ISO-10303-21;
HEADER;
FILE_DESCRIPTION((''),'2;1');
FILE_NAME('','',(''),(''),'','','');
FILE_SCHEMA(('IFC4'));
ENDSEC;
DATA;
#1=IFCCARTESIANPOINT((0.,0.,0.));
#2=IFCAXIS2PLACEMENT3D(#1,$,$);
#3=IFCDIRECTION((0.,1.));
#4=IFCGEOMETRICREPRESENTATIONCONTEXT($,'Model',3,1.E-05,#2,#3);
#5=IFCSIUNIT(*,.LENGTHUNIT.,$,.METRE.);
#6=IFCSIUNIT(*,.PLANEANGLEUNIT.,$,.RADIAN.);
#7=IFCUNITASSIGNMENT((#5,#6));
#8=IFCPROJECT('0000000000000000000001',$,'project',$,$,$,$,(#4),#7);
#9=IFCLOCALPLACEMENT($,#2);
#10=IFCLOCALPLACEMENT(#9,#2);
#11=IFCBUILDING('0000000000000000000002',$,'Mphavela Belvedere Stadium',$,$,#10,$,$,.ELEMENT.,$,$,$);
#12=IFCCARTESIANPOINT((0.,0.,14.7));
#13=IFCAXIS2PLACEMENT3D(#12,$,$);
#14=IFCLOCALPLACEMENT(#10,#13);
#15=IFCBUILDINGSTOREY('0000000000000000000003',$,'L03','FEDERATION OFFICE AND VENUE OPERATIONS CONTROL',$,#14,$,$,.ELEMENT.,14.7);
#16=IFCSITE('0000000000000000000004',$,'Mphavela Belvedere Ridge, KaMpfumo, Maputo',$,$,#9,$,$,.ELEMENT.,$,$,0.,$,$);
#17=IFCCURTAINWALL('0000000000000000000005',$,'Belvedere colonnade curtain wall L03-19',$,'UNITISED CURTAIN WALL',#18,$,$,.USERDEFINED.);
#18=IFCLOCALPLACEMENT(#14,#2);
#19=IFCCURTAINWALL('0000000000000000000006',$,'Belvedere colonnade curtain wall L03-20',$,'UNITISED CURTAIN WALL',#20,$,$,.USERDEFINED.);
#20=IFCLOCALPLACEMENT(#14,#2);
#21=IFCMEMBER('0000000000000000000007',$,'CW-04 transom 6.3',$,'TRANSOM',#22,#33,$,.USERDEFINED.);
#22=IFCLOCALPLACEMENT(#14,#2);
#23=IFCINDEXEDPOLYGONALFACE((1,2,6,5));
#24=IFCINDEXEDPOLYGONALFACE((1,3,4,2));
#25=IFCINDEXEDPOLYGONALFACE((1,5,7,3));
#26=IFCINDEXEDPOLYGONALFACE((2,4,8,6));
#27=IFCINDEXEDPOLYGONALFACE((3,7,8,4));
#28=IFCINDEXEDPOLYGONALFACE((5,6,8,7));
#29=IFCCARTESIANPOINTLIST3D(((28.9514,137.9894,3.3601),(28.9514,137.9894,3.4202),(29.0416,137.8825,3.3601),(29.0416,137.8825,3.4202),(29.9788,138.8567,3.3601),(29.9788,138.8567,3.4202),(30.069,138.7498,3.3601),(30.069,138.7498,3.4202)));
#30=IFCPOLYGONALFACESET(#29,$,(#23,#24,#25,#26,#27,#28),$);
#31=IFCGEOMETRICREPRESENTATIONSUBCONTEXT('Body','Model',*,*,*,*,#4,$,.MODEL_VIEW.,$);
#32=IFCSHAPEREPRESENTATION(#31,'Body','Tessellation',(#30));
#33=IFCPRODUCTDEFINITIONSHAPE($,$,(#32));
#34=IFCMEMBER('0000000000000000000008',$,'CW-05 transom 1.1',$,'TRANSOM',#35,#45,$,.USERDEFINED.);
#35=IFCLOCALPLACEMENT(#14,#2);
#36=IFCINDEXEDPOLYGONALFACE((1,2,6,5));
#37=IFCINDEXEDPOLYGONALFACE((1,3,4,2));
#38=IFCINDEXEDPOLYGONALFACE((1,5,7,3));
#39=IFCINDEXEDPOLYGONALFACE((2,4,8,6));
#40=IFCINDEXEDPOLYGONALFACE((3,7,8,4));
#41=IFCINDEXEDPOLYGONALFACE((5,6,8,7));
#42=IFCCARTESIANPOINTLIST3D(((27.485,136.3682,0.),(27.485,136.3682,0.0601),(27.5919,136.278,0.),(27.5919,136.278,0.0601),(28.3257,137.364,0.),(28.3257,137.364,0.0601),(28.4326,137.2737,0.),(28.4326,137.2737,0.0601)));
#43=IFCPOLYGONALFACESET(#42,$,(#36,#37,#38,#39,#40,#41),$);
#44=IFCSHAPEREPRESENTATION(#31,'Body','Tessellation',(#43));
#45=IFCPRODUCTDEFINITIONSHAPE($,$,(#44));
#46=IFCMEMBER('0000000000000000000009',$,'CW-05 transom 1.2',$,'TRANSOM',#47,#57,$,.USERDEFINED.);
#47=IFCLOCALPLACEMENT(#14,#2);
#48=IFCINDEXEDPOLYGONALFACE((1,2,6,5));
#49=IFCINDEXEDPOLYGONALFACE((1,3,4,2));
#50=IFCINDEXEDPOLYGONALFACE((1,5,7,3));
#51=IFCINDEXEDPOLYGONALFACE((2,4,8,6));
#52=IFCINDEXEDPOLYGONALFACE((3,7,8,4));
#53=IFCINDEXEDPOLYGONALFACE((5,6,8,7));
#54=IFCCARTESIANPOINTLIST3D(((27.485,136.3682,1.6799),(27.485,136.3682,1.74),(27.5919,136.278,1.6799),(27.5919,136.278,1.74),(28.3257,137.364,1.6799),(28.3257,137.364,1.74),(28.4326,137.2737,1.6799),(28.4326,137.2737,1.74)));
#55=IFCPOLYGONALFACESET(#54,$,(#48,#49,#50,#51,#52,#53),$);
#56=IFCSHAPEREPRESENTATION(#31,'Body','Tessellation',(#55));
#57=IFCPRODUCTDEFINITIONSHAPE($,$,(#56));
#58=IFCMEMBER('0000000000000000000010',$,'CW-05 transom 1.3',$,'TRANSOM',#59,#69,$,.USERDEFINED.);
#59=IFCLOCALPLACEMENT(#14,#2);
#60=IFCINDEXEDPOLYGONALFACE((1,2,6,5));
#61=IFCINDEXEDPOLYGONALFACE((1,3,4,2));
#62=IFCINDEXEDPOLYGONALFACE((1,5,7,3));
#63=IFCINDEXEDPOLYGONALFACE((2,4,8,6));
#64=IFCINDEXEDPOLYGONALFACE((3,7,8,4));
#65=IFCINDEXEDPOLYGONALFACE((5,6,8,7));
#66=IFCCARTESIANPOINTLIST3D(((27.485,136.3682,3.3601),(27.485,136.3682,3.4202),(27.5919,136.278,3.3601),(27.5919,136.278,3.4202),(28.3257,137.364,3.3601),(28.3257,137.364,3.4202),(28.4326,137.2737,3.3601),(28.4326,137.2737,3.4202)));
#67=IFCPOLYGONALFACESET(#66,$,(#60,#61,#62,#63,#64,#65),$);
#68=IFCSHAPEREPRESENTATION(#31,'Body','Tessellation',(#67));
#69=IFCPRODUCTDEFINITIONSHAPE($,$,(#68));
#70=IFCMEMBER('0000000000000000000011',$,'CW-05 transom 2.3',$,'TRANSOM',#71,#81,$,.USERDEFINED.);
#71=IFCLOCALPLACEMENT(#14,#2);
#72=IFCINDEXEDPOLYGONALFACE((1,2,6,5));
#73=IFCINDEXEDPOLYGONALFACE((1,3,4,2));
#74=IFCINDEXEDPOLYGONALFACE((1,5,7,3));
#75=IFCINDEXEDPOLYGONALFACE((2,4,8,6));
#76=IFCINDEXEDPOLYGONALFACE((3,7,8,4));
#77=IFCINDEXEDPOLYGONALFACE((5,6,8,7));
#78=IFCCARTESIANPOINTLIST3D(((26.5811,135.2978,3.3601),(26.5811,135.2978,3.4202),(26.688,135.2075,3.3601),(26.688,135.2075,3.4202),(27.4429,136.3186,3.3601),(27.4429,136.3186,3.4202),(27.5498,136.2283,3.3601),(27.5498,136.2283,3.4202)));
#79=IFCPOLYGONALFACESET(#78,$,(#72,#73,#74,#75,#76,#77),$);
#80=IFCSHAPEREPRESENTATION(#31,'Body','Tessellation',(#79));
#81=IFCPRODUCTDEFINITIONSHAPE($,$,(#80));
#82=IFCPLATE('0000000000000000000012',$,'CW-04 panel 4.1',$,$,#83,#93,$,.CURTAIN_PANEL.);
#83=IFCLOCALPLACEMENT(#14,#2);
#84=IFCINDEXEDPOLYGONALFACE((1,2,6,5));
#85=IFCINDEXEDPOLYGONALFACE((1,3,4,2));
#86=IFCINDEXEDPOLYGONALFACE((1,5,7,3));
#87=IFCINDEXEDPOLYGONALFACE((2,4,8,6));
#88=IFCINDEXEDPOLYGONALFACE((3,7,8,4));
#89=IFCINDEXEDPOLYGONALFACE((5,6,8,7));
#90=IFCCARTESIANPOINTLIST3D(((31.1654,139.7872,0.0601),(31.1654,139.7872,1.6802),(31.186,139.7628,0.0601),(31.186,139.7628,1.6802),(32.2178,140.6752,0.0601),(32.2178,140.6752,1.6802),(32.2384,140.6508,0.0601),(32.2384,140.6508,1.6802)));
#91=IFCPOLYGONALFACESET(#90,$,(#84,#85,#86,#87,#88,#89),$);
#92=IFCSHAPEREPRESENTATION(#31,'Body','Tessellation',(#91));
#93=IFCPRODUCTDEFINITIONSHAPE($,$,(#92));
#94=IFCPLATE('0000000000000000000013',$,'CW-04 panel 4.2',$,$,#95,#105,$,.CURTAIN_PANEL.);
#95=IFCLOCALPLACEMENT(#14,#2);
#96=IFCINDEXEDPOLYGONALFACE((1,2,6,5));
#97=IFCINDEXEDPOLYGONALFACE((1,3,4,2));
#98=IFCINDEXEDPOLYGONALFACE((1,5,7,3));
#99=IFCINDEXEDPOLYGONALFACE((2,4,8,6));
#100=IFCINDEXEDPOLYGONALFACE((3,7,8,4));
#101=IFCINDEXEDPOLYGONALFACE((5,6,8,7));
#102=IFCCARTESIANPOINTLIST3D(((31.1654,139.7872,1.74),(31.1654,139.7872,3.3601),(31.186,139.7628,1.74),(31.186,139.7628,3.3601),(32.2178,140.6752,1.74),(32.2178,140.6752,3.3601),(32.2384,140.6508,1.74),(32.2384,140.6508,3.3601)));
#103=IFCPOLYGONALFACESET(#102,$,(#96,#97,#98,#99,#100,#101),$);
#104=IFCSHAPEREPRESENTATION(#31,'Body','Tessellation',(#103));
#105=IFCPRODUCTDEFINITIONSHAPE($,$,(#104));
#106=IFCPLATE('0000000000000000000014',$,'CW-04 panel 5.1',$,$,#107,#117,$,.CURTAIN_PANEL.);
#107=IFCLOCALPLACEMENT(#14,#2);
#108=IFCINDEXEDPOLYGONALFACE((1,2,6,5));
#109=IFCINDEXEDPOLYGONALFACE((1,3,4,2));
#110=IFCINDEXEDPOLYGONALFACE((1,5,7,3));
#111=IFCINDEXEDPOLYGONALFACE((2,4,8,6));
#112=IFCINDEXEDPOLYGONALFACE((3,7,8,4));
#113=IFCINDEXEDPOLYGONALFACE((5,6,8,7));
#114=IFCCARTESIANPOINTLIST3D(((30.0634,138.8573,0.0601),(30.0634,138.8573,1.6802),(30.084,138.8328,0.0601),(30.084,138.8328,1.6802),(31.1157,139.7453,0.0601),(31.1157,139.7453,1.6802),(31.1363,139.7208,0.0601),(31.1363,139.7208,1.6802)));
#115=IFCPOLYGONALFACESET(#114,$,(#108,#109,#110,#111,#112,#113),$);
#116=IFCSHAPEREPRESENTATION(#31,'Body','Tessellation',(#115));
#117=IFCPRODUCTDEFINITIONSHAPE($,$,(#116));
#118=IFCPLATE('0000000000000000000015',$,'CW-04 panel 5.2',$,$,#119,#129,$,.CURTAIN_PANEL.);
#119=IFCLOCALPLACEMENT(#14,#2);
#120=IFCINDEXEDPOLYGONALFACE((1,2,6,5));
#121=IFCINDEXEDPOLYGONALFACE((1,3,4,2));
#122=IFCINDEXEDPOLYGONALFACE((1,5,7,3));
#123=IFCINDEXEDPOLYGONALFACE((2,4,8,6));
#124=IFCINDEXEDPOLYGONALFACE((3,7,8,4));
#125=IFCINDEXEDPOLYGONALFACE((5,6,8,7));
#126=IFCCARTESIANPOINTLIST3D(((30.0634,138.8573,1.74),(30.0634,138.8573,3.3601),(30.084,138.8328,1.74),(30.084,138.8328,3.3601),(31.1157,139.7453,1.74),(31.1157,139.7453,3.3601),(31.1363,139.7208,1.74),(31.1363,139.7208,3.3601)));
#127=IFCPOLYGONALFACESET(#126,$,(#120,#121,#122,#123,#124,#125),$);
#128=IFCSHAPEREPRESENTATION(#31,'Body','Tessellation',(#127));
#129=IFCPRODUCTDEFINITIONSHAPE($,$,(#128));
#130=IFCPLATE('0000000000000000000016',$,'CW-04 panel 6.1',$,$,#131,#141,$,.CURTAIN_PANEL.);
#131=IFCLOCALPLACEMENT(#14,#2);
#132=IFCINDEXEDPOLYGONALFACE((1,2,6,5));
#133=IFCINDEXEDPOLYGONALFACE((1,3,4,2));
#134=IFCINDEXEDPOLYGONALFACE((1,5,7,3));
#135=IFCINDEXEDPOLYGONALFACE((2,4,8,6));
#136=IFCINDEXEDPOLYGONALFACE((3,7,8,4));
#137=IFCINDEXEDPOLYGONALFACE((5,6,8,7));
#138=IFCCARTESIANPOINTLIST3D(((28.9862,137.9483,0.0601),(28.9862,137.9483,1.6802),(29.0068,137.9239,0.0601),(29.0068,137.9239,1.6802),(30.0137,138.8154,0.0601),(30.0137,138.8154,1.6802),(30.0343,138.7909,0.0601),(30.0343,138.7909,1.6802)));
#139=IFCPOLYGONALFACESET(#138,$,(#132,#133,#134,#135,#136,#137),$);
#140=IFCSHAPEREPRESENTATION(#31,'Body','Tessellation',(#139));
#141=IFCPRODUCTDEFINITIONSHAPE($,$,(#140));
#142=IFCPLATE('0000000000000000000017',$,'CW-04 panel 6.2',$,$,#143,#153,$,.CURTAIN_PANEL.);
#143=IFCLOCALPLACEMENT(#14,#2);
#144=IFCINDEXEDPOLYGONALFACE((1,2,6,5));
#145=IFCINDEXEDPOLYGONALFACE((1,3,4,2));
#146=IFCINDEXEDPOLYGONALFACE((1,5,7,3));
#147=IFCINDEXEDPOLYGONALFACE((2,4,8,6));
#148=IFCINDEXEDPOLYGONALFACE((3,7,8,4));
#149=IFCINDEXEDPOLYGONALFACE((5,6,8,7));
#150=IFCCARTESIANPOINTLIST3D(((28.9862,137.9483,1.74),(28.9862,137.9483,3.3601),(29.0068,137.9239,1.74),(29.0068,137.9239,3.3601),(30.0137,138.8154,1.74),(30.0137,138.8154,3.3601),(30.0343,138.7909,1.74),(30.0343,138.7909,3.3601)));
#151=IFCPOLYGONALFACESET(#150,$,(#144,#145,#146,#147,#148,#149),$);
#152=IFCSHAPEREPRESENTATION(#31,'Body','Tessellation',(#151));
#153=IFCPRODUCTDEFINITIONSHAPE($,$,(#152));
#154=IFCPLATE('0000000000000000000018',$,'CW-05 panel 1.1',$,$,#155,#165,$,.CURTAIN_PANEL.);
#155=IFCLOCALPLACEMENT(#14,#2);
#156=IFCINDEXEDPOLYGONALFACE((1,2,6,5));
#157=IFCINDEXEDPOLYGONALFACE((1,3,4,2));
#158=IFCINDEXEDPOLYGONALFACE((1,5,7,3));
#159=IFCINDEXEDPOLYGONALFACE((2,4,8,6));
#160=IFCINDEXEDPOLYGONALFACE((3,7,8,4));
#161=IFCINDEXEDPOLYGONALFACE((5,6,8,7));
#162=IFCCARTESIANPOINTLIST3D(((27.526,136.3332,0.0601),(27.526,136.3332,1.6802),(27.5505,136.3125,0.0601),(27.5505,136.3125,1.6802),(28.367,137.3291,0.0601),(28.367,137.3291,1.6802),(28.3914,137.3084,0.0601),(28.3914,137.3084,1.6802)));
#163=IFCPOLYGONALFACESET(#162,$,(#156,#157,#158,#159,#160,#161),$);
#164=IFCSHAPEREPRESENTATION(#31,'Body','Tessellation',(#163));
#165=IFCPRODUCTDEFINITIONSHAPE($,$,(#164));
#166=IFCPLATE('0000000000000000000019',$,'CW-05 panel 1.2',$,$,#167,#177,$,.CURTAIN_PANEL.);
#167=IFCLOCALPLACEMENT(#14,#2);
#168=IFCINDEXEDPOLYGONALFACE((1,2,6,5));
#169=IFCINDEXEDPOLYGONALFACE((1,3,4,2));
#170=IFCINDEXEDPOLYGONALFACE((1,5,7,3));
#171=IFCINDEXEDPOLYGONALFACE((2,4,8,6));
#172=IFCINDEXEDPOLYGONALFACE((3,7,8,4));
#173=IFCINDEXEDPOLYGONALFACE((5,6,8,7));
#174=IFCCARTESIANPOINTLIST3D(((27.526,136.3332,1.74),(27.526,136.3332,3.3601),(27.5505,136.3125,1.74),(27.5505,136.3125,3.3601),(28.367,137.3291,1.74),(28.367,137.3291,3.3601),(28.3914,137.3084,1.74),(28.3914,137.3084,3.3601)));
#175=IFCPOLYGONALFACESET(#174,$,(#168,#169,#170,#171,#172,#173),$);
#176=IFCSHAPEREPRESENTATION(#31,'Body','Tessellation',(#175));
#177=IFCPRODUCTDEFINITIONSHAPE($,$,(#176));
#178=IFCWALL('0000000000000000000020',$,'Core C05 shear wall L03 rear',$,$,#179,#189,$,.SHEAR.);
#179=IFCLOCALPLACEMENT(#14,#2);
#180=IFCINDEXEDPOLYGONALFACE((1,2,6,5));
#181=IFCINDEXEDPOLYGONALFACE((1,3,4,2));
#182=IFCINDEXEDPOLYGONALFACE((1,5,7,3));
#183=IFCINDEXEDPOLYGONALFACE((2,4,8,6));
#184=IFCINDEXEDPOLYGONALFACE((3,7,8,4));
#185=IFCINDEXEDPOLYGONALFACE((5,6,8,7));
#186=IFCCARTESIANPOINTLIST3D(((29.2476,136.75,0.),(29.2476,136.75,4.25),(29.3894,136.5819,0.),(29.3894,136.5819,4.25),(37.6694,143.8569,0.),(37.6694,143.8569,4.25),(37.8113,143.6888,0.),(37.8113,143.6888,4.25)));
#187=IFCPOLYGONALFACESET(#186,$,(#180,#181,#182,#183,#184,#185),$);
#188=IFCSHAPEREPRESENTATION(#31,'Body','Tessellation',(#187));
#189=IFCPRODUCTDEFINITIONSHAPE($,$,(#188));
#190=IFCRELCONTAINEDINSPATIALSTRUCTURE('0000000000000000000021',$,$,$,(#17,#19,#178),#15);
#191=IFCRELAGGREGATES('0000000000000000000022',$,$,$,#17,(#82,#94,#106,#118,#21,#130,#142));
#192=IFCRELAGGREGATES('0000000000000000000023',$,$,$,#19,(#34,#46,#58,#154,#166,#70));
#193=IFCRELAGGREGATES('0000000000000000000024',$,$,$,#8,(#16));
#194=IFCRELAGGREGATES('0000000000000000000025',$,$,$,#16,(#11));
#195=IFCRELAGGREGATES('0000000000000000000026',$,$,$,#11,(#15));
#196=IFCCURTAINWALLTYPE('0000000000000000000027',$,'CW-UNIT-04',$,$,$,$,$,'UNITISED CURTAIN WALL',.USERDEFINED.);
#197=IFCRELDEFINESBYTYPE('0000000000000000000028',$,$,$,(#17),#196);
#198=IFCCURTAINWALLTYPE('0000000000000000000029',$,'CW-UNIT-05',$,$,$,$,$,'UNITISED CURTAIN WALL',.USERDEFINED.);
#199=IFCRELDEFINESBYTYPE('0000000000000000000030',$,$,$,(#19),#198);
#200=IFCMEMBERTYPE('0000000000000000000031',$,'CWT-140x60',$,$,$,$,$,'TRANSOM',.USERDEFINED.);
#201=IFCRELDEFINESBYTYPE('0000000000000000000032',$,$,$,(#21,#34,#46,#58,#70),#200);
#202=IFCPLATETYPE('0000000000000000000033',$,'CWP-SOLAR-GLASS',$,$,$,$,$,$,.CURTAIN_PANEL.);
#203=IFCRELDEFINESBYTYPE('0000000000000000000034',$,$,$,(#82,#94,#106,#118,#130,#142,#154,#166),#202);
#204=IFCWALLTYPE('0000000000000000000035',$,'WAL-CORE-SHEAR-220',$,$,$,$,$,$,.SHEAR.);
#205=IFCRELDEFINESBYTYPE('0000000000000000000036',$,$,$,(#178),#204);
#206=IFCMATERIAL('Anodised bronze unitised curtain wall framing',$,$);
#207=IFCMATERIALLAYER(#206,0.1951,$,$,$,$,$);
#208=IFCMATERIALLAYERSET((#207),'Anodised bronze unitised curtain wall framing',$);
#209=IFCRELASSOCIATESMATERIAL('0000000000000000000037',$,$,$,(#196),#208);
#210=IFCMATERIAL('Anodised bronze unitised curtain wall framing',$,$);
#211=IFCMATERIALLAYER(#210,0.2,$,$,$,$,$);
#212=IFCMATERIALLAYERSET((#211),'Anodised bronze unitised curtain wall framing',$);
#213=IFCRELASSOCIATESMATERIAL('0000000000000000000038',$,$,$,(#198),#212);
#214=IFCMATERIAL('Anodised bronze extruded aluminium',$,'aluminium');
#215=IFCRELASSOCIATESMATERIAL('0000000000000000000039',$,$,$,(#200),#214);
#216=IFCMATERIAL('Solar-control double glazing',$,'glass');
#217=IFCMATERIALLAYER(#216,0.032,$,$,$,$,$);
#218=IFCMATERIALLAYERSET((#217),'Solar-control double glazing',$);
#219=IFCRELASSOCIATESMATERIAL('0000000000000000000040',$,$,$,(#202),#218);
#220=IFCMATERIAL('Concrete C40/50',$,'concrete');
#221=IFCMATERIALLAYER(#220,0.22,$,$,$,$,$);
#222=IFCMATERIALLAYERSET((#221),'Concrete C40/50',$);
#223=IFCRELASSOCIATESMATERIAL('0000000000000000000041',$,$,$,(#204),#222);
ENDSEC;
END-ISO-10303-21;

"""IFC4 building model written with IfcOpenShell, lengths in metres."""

from ifc_helpers import new_model, si_unit, direction, frame, frame_2d, origin, origin_2d, place, context, subcontext, project, spatial, rectangle, extrude, material, layer, layer_set, material_profile, profile_set, type_object, element, aggregate, save


model = new_model("IFC4")

# Units and contexts
model_context = context("Model", 3, precision=1e-05, world=origin(), true_north=direction((0.0, 1.0)))
body_context = subcontext(model_context, "Body", "Model", "MODEL_VIEW")
ifc_project = project(units=[si_unit("LENGTHUNIT", "METRE"), si_unit("PLANEANGLEUNIT", "RADIAN")], contexts=[model_context])

# Site, building, storey
site_placement = place(None, origin())
site = spatial("IfcSite", under=ifc_project, at=site_placement, Name="Mphavela Belvedere Ridge, KaMpfumo, Maputo", CompositionType="ELEMENT", RefElevation=0.0)
building_placement = place(site_placement, origin())
building = spatial("IfcBuilding", under=site, at=building_placement, Name="Mphavela Belvedere Stadium", CompositionType="ELEMENT")
storey_placement = place(building_placement, frame((0.0, 0.0, 14.7)))
storey = spatial("IfcBuildingStorey", under=building, at=storey_placement, Name="L03", Description="FEDERATION OFFICE AND VENUE OPERATIONS CONTROL", CompositionType="ELEMENT", Elevation=14.7)

# Curtain walls
ifc_material_1 = material(Name="Anodised bronze unitised curtain wall framing")
ifc_layer_1 = layer(ifc_material_1, 0.1951)
ifc_layer_set_1 = layer_set([ifc_layer_1], Name="Anodised bronze unitised curtain wall framing")
curtain_wall_type_1 = type_object("IfcCurtainWallType", Name="CW-UNIT-04", ElementType="UNITISED CURTAIN WALL", PredefinedType="USERDEFINED", material=ifc_layer_set_1)
curtain_wall_1_placement = place(storey_placement, origin())
curtain_wall_1 = element("IfcCurtainWall", 1, at=curtain_wall_1_placement, inside=storey, type_object=curtain_wall_type_1, Name="Belvedere colonnade curtain wall L03-19", ObjectType="UNITISED CURTAIN WALL", PredefinedType="USERDEFINED")
ifc_material_2 = material(Name="Anodised bronze unitised curtain wall framing")
ifc_layer_2 = layer(ifc_material_2, 0.2)
ifc_layer_set_2 = layer_set([ifc_layer_2], Name="Anodised bronze unitised curtain wall framing")
curtain_wall_type_2 = type_object("IfcCurtainWallType", Name="CW-UNIT-05", ElementType="UNITISED CURTAIN WALL", PredefinedType="USERDEFINED", material=ifc_layer_set_2)
curtain_wall_2_placement = place(storey_placement, origin())
curtain_wall_2 = element("IfcCurtainWall", 2, at=curtain_wall_2_placement, inside=storey, type_object=curtain_wall_type_2, Name="Belvedere colonnade curtain wall L03-20", ObjectType="UNITISED CURTAIN WALL", PredefinedType="USERDEFINED")

# Members
ifc_material_3 = material(Name="Anodised bronze extruded aluminium", Category="aluminium")
ifc_material_profile_1 = material_profile(ifc_material_3, rectangle(XDim=0.1399, YDim=0.0601, at=origin_2d()), Name="CW-TRN 140x60")
ifc_profile_set_1 = profile_set([ifc_material_profile_1], Name="Anodised bronze extruded aluminium")
member_type_1 = type_object("IfcMemberType", Name="CWT-140x60", ElementType="TRANSOM", PredefinedType="USERDEFINED", material=ifc_profile_set_1)
member_1_placement = place(storey_placement, frame((30.0239, 138.8032, 3.3901), z_axis=(-0.764157, -0.64503, 0.0), x_axis=(0.64503, -0.764157, 0.0)))
member_1 = element("IfcMember", 3, at=member_1_placement, type_object=member_type_1, Name="CW-04 transom 6.3", ObjectType="TRANSOM", PredefinedType="USERDEFINED", context=body_context, shape_type="SweptSolid", body=[
    extrude(rectangle(XDim=0.1399, YDim=0.0601, at=origin_2d()), origin(), (0.0, 0.0, 1.0), 1.3445),
])
member_2_placement = place(storey_placement, frame((28.3792, 137.3188, 0.03), z_axis=(-0.645127, -0.764075, 0.0), x_axis=(0.764075, -0.645127, 0.0)))
member_2 = element("IfcMember", 4, at=member_2_placement, type_object=member_type_1, Name="CW-05 transom 1.1", ObjectType="TRANSOM", PredefinedType="USERDEFINED", context=body_context, shape_type="SweptSolid", body=[
    extrude(rectangle(XDim=0.1399, YDim=0.0601, at=origin_2d()), origin(), (0.0, 0.0, 1.0), 1.3032),
])
member_3_placement = place(storey_placement, frame((28.3792, 137.3188, 1.71), z_axis=(-0.645127, -0.764075, 0.0), x_axis=(0.764075, -0.645127, 0.0)))
member_3 = element("IfcMember", 5, at=member_3_placement, type_object=member_type_1, Name="CW-05 transom 1.2", ObjectType="TRANSOM", PredefinedType="USERDEFINED", context=body_context, shape_type="SweptSolid", body=[
    extrude(rectangle(XDim=0.1399, YDim=0.0601, at=origin_2d()), origin(), (0.0, 0.0, 1.0), 1.3032),
])
member_4_placement = place(storey_placement, frame((28.3792, 137.3188, 3.3901), z_axis=(-0.645127, -0.764075, 0.0), x_axis=(0.764075, -0.645127, 0.0)))
member_4 = element("IfcMember", 6, at=member_4_placement, type_object=member_type_1, Name="CW-05 transom 1.3", ObjectType="TRANSOM", PredefinedType="USERDEFINED", context=body_context, shape_type="SweptSolid", body=[
    extrude(rectangle(XDim=0.1399, YDim=0.0601, at=origin_2d()), origin(), (0.0, 0.0, 1.0), 1.3032),
])
member_5_placement = place(storey_placement, frame((27.4963, 136.2734, 3.3901), z_axis=(-0.645114, -0.764086, 0.0), x_axis=(0.764086, -0.645114, 0.0)))
member_5 = element("IfcMember", 7, at=member_5_placement, type_object=member_type_1, Name="CW-05 transom 2.3", ObjectType="TRANSOM", PredefinedType="USERDEFINED", context=body_context, shape_type="SweptSolid", body=[
    extrude(rectangle(XDim=0.1399, YDim=0.0601, at=origin_2d()), origin(), (0.0, 0.0, 1.0), 1.3359),
])

# Plates
ifc_material_4 = material(Name="Solar-control double glazing", Category="glass")
ifc_layer_3 = layer(ifc_material_4, 0.032)
ifc_layer_set_3 = layer_set([ifc_layer_3], Name="Solar-control double glazing")
plate_type = type_object("IfcPlateType", Name="CWP-SOLAR-GLASS", PredefinedType="CURTAIN_PANEL", material=ifc_layer_set_3)
plate_1_placement = place(storey_placement, frame((31.7019, 140.219, 0.0601), z_axis=(0.0, 0.0, 1.0), x_axis=(-0.764263, -0.644905, 0.0)))
plate_1 = element("IfcPlate", 8, at=plate_1_placement, type_object=plate_type, Name="CW-04 panel 4.1", PredefinedType="CURTAIN_PANEL", context=body_context, shape_type="SweptSolid", body=[
    extrude(rectangle(XDim=1.377, YDim=0.032, at=origin_2d()), origin(), (0.0, 0.0, 1.0), 1.6201),
])
plate_2_placement = place(storey_placement, frame((31.7019, 140.219, 1.74), z_axis=(0.0, 0.0, 1.0), x_axis=(-0.764263, -0.644905, 0.0)))
plate_2 = element("IfcPlate", 9, at=plate_2_placement, type_object=plate_type, Name="CW-04 panel 4.2", PredefinedType="CURTAIN_PANEL", context=body_context, shape_type="SweptSolid", body=[
    extrude(rectangle(XDim=1.377, YDim=0.032, at=origin_2d()), origin(), (0.0, 0.0, 1.0), 1.6201),
])
plate_3_placement = place(storey_placement, frame((30.5999, 139.2891, 0.0601), z_axis=(0.0, 0.0, 1.0), x_axis=(-0.764263, -0.644905, 0.0)))
plate_3 = element("IfcPlate", 10, at=plate_3_placement, type_object=plate_type, Name="CW-04 panel 5.1", PredefinedType="CURTAIN_PANEL", context=body_context, shape_type="SweptSolid", body=[
    extrude(rectangle(XDim=1.377, YDim=0.032, at=origin_2d()), origin(), (0.0, 0.0, 1.0), 1.6201),
])
plate_4_placement = place(storey_placement, frame((30.5999, 139.2891, 1.74), z_axis=(0.0, 0.0, 1.0), x_axis=(-0.764263, -0.644905, 0.0)))
plate_4 = element("IfcPlate", 11, at=plate_4_placement, type_object=plate_type, Name="CW-04 panel 5.2", PredefinedType="CURTAIN_PANEL", context=body_context, shape_type="SweptSolid", body=[
    extrude(rectangle(XDim=1.377, YDim=0.032, at=origin_2d()), origin(), (0.0, 0.0, 1.0), 1.6201),
])
plate_5_placement = place(storey_placement, frame((29.5103, 138.3696, 0.0601), z_axis=(0.0, 0.0, 1.0), x_axis=(-0.764263, -0.644905, 0.0)))
plate_5 = element("IfcPlate", 12, at=plate_5_placement, type_object=plate_type, Name="CW-04 panel 6.1", PredefinedType="CURTAIN_PANEL", context=body_context, shape_type="SweptSolid", body=[
    extrude(rectangle(XDim=1.3445, YDim=0.032, at=origin_2d()), origin(), (0.0, 0.0, 1.0), 1.6201),
])
plate_6_placement = place(storey_placement, frame((29.5103, 138.3696, 1.74), z_axis=(0.0, 0.0, 1.0), x_axis=(-0.764263, -0.644905, 0.0)))
plate_6 = element("IfcPlate", 13, at=plate_6_placement, type_object=plate_type, Name="CW-04 panel 6.2", PredefinedType="CURTAIN_PANEL", context=body_context, shape_type="SweptSolid", body=[
    extrude(rectangle(XDim=1.3445, YDim=0.032, at=origin_2d()), origin(), (0.0, 0.0, 1.0), 1.6201),
])
aggregate(curtain_wall_1, [plate_1, plate_2, plate_3, plate_4, member_1, plate_5, plate_6])
plate_7_placement = place(storey_placement, frame((27.9587, 136.8208, 0.0601), z_axis=(0.0, 0.0, 1.0), x_axis=(-0.645179, -0.764031, 0.0)))
plate_7 = element("IfcPlate", 14, at=plate_7_placement, type_object=plate_type, Name="CW-05 panel 1.1", PredefinedType="CURTAIN_PANEL", context=body_context, shape_type="SweptSolid", body=[
    extrude(rectangle(XDim=1.3035, YDim=0.032, at=origin_2d()), origin(), (0.0, 0.0, 1.0), 1.6201),
])
plate_8_placement = place(storey_placement, frame((27.9587, 136.8208, 1.74), z_axis=(0.0, 0.0, 1.0), x_axis=(-0.645179, -0.764031, 0.0)))
plate_8 = element("IfcPlate", 15, at=plate_8_placement, type_object=plate_type, Name="CW-05 panel 1.2", PredefinedType="CURTAIN_PANEL", context=body_context, shape_type="SweptSolid", body=[
    extrude(rectangle(XDim=1.3035, YDim=0.032, at=origin_2d()), origin(), (0.0, 0.0, 1.0), 1.6201),
])
aggregate(curtain_wall_2, [member_2, member_3, member_4, plate_7, plate_8, member_5])

# Wall
ifc_material_5 = material(Name="Concrete C40/50", Category="concrete")
ifc_layer_4 = layer(ifc_material_5, 0.22)
ifc_layer_set_4 = layer_set([ifc_layer_4], Name="Concrete C40/50")
wall_type_1 = type_object("IfcWallType", Name="WAL-CORE-SHEAR-220", PredefinedType="SHEAR", material=ifc_layer_set_4)
wall_1_placement = place(storey_placement, frame((29.3186, 136.666, 0.0), z_axis=(0.0, 0.0, 1.0), x_axis=(0.764248, 0.644923, 0.0)))
element("IfcWall", 16, at=wall_1_placement, inside=storey, type_object=wall_type_1, Name="Core C05 shear wall L03 rear", PredefinedType="SHEAR", context=body_context, shape_type="SweptSolid", body=[
    extrude(rectangle(XDim=11.0198, YDim=0.22, at=frame_2d((5.5098, 0.0))), origin(), (0.0, 0.0, 1.0), 4.25),
])

save(model, "model.ifc")
